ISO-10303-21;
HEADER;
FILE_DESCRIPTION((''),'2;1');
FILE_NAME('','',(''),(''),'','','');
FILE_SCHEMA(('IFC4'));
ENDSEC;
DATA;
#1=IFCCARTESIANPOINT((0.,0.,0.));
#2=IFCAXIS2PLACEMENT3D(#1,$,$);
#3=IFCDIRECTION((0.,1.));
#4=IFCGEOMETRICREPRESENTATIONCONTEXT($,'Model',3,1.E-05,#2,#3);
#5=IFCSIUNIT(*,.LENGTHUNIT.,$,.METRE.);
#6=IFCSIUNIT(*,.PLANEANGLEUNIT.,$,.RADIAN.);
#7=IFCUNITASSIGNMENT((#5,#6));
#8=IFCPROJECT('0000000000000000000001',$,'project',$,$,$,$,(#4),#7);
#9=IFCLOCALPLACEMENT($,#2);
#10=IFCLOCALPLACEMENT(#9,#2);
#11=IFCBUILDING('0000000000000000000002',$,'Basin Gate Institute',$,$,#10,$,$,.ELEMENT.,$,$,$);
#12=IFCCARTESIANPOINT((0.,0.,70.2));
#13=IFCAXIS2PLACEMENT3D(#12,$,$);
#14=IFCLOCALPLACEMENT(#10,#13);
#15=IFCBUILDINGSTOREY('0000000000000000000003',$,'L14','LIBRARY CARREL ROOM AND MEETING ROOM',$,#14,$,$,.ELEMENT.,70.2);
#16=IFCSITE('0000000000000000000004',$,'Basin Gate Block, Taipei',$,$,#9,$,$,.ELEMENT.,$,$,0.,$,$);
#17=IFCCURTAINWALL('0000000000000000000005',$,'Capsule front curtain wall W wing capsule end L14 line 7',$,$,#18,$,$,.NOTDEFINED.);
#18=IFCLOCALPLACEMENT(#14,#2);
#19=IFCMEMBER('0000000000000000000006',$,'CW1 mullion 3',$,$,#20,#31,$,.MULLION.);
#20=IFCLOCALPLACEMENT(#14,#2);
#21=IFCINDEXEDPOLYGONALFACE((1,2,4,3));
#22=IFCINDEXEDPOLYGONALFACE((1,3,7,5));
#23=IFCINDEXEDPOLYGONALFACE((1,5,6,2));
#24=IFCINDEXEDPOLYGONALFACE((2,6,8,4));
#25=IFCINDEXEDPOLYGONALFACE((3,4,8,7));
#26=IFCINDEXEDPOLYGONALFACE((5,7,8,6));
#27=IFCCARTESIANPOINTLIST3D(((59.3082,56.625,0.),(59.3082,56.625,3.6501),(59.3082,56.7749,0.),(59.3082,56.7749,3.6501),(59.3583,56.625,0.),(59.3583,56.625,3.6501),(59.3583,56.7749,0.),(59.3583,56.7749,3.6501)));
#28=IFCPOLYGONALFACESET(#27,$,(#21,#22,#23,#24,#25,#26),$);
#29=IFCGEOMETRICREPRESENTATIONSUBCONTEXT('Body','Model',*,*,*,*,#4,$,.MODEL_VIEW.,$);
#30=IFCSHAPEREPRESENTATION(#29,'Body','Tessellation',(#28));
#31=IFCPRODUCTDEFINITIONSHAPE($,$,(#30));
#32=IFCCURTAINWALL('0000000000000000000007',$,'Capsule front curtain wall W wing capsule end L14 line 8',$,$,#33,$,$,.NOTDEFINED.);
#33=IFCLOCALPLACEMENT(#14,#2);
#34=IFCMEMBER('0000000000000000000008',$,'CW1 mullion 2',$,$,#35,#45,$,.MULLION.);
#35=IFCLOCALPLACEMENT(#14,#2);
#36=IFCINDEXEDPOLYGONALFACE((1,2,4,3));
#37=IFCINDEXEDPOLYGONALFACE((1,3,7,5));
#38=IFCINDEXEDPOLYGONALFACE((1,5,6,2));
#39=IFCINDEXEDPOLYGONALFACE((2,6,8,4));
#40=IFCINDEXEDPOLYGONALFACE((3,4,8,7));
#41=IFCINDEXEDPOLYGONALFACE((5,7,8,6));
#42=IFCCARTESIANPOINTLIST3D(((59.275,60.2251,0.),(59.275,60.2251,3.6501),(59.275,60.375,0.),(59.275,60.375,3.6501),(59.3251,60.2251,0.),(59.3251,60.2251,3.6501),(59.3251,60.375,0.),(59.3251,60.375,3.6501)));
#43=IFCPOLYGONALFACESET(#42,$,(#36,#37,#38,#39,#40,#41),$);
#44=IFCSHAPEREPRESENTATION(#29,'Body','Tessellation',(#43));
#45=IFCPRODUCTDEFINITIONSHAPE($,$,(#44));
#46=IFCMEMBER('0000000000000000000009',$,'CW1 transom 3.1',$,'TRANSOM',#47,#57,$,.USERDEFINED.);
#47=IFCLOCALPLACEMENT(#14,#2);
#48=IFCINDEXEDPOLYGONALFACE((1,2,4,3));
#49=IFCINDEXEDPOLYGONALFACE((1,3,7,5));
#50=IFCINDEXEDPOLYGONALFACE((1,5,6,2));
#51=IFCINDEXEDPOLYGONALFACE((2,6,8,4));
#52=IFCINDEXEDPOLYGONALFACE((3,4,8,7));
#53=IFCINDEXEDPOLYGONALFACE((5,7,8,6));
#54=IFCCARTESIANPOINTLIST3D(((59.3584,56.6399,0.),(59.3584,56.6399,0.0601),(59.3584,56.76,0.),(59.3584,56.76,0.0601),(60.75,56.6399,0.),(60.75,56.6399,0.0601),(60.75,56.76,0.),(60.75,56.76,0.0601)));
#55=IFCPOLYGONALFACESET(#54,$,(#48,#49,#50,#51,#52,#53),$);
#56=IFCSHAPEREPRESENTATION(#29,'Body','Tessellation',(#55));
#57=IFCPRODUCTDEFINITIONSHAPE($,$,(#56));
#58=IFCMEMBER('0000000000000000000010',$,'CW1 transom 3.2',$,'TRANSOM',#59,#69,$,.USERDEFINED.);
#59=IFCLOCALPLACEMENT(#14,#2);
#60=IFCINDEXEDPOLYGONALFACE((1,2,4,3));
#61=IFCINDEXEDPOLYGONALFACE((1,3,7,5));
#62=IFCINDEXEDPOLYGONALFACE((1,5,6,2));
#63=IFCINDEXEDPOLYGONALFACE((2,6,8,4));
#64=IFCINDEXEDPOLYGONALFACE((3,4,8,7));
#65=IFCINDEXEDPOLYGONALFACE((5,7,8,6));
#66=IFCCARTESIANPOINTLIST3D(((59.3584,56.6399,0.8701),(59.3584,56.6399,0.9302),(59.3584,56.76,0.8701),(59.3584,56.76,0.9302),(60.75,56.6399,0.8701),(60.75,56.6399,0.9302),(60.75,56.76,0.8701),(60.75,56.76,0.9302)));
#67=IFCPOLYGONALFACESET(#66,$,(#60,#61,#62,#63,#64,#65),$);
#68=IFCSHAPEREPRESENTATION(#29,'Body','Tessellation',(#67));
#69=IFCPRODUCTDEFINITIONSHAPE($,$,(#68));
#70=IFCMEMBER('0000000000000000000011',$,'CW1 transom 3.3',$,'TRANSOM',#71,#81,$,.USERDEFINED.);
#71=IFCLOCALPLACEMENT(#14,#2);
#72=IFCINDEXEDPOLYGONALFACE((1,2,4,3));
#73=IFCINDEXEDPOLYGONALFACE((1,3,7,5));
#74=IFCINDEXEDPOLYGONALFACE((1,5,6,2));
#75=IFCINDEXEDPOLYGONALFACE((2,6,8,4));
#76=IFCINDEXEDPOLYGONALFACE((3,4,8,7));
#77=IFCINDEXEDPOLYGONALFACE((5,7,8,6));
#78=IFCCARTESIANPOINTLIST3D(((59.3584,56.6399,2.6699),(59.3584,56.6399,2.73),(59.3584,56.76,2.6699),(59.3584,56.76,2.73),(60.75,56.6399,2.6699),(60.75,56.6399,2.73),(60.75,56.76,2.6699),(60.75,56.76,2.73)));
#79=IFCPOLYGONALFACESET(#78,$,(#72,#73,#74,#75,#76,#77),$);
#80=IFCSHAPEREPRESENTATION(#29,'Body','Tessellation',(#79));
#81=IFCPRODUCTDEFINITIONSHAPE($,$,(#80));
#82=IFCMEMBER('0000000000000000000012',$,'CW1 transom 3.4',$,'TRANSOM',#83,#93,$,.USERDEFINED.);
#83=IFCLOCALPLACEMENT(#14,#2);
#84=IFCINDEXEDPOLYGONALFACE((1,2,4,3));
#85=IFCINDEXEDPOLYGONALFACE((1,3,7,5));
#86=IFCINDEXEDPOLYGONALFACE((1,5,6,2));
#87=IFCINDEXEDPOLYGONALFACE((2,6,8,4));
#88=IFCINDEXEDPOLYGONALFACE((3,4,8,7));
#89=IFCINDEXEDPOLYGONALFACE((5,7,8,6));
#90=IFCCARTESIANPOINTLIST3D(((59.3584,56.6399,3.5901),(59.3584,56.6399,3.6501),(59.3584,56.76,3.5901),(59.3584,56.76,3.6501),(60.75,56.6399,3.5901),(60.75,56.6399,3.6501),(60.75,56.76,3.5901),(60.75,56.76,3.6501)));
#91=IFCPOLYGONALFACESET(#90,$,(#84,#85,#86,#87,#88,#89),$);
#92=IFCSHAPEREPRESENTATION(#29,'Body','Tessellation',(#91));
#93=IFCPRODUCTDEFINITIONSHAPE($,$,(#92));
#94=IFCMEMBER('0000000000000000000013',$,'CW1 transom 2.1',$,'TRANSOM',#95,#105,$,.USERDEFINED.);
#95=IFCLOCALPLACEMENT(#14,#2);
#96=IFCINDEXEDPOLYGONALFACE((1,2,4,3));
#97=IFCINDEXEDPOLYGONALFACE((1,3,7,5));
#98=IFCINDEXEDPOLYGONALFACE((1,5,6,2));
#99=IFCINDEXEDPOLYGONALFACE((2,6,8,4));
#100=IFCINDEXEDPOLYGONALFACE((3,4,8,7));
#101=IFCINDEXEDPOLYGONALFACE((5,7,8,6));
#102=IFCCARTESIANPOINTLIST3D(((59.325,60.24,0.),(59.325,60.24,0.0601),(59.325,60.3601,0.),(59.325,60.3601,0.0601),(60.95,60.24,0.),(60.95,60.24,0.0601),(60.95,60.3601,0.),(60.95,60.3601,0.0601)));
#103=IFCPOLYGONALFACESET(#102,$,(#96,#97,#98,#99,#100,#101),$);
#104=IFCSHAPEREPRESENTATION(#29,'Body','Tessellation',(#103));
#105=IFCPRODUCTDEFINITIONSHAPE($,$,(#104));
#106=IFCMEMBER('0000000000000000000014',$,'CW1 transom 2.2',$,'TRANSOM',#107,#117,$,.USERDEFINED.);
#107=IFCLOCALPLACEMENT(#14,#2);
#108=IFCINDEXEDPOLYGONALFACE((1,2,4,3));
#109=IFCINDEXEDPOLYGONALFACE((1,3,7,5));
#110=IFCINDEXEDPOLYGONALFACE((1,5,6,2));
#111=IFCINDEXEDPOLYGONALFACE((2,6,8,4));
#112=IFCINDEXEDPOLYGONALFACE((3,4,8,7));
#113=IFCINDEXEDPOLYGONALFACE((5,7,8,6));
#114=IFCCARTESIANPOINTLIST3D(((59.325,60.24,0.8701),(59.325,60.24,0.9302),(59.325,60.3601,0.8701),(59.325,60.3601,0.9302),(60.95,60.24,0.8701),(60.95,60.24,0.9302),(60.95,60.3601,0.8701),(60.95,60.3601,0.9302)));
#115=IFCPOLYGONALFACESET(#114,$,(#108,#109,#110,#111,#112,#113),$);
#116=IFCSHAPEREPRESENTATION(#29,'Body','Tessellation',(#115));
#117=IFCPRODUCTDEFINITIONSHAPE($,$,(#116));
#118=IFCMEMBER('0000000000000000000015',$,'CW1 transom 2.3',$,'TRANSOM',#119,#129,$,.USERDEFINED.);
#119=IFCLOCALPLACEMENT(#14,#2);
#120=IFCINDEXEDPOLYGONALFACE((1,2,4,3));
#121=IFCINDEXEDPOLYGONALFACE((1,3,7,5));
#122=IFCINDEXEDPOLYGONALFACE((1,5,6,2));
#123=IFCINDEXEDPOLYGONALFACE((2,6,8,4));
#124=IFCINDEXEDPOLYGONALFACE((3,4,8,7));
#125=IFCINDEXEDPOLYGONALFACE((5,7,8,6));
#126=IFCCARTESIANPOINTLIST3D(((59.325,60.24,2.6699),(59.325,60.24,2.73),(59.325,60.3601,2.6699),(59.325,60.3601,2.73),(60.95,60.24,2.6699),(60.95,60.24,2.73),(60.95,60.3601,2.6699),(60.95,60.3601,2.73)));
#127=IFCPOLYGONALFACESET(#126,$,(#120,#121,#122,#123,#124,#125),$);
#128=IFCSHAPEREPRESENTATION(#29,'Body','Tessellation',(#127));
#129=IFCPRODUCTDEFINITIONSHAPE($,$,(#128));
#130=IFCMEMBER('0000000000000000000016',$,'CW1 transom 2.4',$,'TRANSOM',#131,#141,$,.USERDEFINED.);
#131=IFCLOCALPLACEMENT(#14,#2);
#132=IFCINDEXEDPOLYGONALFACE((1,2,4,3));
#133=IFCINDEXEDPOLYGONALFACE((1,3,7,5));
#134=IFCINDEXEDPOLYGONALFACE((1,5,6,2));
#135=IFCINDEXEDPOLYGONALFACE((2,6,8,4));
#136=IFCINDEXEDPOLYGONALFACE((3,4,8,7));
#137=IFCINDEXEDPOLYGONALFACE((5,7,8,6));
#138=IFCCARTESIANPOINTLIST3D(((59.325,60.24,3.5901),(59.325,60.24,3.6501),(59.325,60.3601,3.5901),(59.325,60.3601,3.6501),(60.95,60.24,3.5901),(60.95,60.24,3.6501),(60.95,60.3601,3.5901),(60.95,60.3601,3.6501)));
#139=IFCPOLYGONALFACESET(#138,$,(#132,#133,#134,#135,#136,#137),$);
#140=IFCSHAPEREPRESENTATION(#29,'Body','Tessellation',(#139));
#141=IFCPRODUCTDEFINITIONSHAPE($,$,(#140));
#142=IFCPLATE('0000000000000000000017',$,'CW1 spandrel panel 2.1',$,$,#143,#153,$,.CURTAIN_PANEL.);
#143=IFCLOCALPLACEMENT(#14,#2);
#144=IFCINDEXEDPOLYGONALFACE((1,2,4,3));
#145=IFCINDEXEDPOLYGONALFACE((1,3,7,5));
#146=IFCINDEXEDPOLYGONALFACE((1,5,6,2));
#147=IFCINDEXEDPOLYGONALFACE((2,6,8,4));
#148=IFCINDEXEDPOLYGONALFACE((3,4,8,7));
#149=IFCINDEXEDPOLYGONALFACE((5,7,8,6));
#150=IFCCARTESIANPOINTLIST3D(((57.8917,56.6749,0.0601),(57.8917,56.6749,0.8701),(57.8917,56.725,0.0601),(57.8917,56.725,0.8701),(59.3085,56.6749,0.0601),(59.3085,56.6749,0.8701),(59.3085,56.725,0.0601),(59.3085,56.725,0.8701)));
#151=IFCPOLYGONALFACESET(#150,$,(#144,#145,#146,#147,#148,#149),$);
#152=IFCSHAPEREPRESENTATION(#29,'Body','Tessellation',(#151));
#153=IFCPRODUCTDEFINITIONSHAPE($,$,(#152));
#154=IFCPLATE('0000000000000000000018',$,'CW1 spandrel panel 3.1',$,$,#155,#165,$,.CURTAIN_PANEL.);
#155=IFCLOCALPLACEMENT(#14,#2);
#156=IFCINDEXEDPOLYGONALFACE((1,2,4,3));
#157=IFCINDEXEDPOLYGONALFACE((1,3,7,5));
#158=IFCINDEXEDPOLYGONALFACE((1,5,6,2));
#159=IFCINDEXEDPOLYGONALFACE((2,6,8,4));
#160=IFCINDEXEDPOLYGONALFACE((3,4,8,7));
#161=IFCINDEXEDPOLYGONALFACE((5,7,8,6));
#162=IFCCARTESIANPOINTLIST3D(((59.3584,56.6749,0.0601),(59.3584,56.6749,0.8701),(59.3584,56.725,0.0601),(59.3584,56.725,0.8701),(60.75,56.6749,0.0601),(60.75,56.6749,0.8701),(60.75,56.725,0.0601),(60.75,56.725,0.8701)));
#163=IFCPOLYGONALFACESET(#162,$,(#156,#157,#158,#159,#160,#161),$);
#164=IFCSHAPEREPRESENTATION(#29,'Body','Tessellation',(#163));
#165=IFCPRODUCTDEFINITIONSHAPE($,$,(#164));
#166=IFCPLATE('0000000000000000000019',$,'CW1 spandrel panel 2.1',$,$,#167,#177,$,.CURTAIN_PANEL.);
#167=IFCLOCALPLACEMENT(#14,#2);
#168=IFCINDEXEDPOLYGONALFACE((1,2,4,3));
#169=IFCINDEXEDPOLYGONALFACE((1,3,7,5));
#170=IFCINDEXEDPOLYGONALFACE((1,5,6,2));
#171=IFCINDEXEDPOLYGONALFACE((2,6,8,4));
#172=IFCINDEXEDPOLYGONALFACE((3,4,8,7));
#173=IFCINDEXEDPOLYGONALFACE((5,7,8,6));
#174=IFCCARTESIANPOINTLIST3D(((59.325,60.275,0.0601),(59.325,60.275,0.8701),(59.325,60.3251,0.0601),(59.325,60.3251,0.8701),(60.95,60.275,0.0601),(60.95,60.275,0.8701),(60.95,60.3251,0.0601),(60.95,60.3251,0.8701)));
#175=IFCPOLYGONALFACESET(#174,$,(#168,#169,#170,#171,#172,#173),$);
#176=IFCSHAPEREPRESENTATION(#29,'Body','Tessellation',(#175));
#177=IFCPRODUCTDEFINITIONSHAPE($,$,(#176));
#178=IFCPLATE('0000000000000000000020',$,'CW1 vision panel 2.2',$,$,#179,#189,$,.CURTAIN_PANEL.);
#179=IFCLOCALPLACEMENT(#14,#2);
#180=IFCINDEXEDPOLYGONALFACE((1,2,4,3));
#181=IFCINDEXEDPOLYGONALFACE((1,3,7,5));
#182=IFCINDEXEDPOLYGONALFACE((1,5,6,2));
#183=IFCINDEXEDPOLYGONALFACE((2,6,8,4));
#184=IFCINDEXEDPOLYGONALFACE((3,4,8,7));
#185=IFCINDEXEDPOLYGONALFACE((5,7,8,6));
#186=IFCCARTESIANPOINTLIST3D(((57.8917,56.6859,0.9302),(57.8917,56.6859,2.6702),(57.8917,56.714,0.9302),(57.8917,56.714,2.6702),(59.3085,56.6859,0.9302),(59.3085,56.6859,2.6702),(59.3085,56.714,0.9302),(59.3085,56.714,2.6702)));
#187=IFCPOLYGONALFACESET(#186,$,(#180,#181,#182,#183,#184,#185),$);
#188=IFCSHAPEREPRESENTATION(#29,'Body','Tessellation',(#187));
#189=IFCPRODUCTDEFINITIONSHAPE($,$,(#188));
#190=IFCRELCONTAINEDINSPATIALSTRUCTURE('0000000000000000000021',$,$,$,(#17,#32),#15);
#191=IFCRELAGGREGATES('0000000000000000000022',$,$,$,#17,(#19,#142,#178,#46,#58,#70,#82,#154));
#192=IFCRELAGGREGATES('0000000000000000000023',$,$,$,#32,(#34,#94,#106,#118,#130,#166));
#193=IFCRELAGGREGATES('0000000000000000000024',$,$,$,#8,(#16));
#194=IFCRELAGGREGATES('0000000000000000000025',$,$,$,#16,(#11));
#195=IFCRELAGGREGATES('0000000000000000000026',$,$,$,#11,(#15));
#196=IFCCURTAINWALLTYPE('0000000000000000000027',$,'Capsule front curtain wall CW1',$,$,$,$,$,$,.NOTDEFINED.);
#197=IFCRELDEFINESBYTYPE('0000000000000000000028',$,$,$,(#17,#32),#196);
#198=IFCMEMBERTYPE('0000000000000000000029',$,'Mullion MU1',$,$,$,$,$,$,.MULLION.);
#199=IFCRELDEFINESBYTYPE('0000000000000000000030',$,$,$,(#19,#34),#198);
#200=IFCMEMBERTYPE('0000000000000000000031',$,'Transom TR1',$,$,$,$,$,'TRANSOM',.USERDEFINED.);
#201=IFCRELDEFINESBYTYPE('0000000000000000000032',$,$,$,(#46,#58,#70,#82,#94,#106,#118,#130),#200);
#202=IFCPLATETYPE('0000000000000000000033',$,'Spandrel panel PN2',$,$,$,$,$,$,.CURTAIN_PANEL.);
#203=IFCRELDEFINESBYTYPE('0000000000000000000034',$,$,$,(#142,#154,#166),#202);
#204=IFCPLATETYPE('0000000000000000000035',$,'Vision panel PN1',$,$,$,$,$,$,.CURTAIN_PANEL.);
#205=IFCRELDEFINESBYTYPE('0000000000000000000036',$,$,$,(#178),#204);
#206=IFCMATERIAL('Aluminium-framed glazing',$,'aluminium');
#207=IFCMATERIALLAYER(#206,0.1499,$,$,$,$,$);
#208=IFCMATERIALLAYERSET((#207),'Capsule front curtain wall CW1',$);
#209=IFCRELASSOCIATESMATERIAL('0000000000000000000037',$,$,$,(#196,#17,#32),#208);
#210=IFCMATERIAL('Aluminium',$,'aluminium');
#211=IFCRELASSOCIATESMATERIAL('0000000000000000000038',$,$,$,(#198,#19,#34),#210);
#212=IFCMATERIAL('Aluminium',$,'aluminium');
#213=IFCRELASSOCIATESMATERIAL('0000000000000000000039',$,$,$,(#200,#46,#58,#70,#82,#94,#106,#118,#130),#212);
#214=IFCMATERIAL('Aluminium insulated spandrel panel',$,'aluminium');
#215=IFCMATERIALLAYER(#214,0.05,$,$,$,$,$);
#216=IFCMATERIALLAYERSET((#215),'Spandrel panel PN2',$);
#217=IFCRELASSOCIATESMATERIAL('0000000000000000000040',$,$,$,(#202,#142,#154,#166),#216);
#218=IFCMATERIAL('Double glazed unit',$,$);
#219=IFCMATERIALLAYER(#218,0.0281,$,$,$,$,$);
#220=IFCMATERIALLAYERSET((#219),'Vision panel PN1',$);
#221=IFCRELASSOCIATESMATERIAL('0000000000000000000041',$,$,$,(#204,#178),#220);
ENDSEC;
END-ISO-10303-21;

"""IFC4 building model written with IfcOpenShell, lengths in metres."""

from ifc_helpers import new_model, si_unit, direction, frame, origin, origin_2d, place, context, subcontext, project, spatial, rectangle, extrude, material, layer, layer_set, material_profile, profile_set, type_object, element, aggregate, save


model = new_model("IFC4")

# Units and contexts
model_context = context("Model", 3, precision=1e-05, world=origin(), true_north=direction((0.0, 1.0)))
body_context = subcontext(model_context, "Body", "Model", "MODEL_VIEW")
ifc_project = project(units=[si_unit("LENGTHUNIT", "METRE"), si_unit("PLANEANGLEUNIT", "RADIAN")], contexts=[model_context])

# Site, building, storey
site_placement = place(None, origin())
site = spatial("IfcSite", under=ifc_project, at=site_placement, Name="Basin Gate Block, Taipei", CompositionType="ELEMENT", RefElevation=0.0)
building_placement = place(site_placement, origin())
building = spatial("IfcBuilding", under=site, at=building_placement, Name="Basin Gate Institute", CompositionType="ELEMENT")
storey_placement = place(building_placement, frame((0.0, 0.0, 70.2)))
storey = spatial("IfcBuildingStorey", under=building, at=storey_placement, Name="L14", Description="LIBRARY CARREL ROOM AND MEETING ROOM", CompositionType="ELEMENT", Elevation=70.2)

# Curtain walls, members
ifc_material_1 = material(Name="Aluminium-framed glazing", Category="aluminium")
ifc_layer_1 = layer(ifc_material_1, 0.1499)
ifc_layer_set_1 = layer_set([ifc_layer_1], Name="Capsule front curtain wall CW1")
curtain_wall_type = type_object("IfcCurtainWallType", Name="Capsule front curtain wall CW1", PredefinedType="NOTDEFINED", material=ifc_layer_set_1)
curtain_wall_1_placement = place(storey_placement, origin())
curtain_wall_1 = element("IfcCurtainWall", 1, at=curtain_wall_1_placement, inside=storey, type_object=curtain_wall_type, material=ifc_layer_set_1, Name="Capsule front curtain wall W wing capsule end L14 line 7", PredefinedType="NOTDEFINED")
ifc_material_2 = material(Name="Aluminium", Category="aluminium")
ifc_material_profile_1 = material_profile(ifc_material_2, rectangle(XDim=0.1499, YDim=0.05, at=origin_2d()), Name="Mullion MU1 150 x 50")
ifc_profile_set_1 = profile_set([ifc_material_profile_1], Name="Aluminium")
member_type_1 = type_object("IfcMemberType", Name="Mullion MU1", PredefinedType="MULLION", material=ifc_profile_set_1)
member_1_placement = place(storey_placement, frame((59.3333, 56.7, 0.0), z_axis=(0.0, 0.0, 1.0), x_axis=(0.0, 1.0, 0.0)))
member_1 = element("IfcMember", 2, at=member_1_placement, type_object=member_type_1, material=ifc_profile_set_1, Name="CW1 mullion 3", PredefinedType="MULLION", context=body_context, shape_type="SweptSolid", body=[
    extrude(rectangle(XDim=0.1499, YDim=0.05, at=origin_2d()), origin(), (0.0, 0.0, 1.0), 3.6501),
])
curtain_wall_2_placement = place(storey_placement, origin())
curtain_wall_2 = element("IfcCurtainWall", 3, at=curtain_wall_2_placement, inside=storey, type_object=curtain_wall_type, material=ifc_layer_set_1, Name="Capsule front curtain wall W wing capsule end L14 line 8", PredefinedType="NOTDEFINED")
member_2_placement = place(storey_placement, frame((59.3, 60.3, 0.0), z_axis=(0.0, 0.0, 1.0), x_axis=(0.0, 1.0, 0.0)))
member_2 = element("IfcMember", 4, at=member_2_placement, type_object=member_type_1, material=ifc_profile_set_1, Name="CW1 mullion 2", PredefinedType="MULLION", context=body_context, shape_type="SweptSolid", body=[
    extrude(rectangle(XDim=0.1499, YDim=0.05, at=origin_2d()), origin(), (0.0, 0.0, 1.0), 3.6501),
])

# Members
ifc_material_3 = material(Name="Aluminium", Category="aluminium")
ifc_material_profile_2 = material_profile(ifc_material_3, rectangle(XDim=0.1201, YDim=0.0601, at=origin_2d()), Name="Transom TR1 120 x 60")
ifc_profile_set_2 = profile_set([ifc_material_profile_2], Name="Aluminium")
member_type_2 = type_object("IfcMemberType", Name="Transom TR1", ElementType="TRANSOM", PredefinedType="USERDEFINED", material=ifc_profile_set_2)
member_3_placement = place(storey_placement, frame((59.3584, 56.7, 0.03), z_axis=(1.0, 0.0, 0.0), x_axis=(0.0, 1.0, 0.0)))
member_3 = element("IfcMember", 5, at=member_3_placement, type_object=member_type_2, material=ifc_profile_set_2, Name="CW1 transom 3.1", ObjectType="TRANSOM", PredefinedType="USERDEFINED", context=body_context, shape_type="SweptSolid", body=[
    extrude(rectangle(XDim=0.1201, YDim=0.0601, at=origin_2d()), origin(), (0.0, 0.0, 1.0), 1.3916),
])
member_4_placement = place(storey_placement, frame((59.3584, 56.7, 0.9001), z_axis=(1.0, 0.0, 0.0), x_axis=(0.0, 1.0, 0.0)))
member_4 = element("IfcMember", 6, at=member_4_placement, type_object=member_type_2, material=ifc_profile_set_2, Name="CW1 transom 3.2", ObjectType="TRANSOM", PredefinedType="USERDEFINED", context=body_context, shape_type="SweptSolid", body=[
    extrude(rectangle(XDim=0.1201, YDim=0.0601, at=origin_2d()), origin(), (0.0, 0.0, 1.0), 1.3916),
])
member_5_placement = place(storey_placement, frame((59.3584, 56.7, 2.7), z_axis=(1.0, 0.0, 0.0), x_axis=(0.0, 1.0, 0.0)))
member_5 = element("IfcMember", 7, at=member_5_placement, type_object=member_type_2, material=ifc_profile_set_2, Name="CW1 transom 3.3", ObjectType="TRANSOM", PredefinedType="USERDEFINED", context=body_context, shape_type="SweptSolid", body=[
    extrude(rectangle(XDim=0.1201, YDim=0.0601, at=origin_2d()), origin(), (0.0, 0.0, 1.0), 1.3916),
])
member_6_placement = place(storey_placement, frame((59.3584, 56.7, 3.6201), z_axis=(1.0, 0.0, 0.0), x_axis=(0.0, 1.0, 0.0)))
member_6 = element("IfcMember", 8, at=member_6_placement, type_object=member_type_2, material=ifc_profile_set_2, Name="CW1 transom 3.4", ObjectType="TRANSOM", PredefinedType="USERDEFINED", context=body_context, shape_type="SweptSolid", body=[
    extrude(rectangle(XDim=0.1201, YDim=0.0601, at=origin_2d()), origin(), (0.0, 0.0, 1.0), 1.3916),
])
member_7_placement = place(storey_placement, frame((59.325, 60.3, 0.03), z_axis=(1.0, 0.0, 0.0), x_axis=(0.0, 1.0, 0.0)))
member_7 = element("IfcMember", 9, at=member_7_placement, type_object=member_type_2, material=ifc_profile_set_2, Name="CW1 transom 2.1", ObjectType="TRANSOM", PredefinedType="USERDEFINED", context=body_context, shape_type="SweptSolid", body=[
    extrude(rectangle(XDim=0.1201, YDim=0.0601, at=origin_2d()), origin(), (0.0, 0.0, 1.0), 1.625),
])
member_8_placement = place(storey_placement, frame((59.325, 60.3, 0.9001), z_axis=(1.0, 0.0, 0.0), x_axis=(0.0, 1.0, 0.0)))
member_8 = element("IfcMember", 10, at=member_8_placement, type_object=member_type_2, material=ifc_profile_set_2, Name="CW1 transom 2.2", ObjectType="TRANSOM", PredefinedType="USERDEFINED", context=body_context, shape_type="SweptSolid", body=[
    extrude(rectangle(XDim=0.1201, YDim=0.0601, at=origin_2d()), origin(), (0.0, 0.0, 1.0), 1.625),
])
member_9_placement = place(storey_placement, frame((59.325, 60.3, 2.7), z_axis=(1.0, 0.0, 0.0), x_axis=(0.0, 1.0, 0.0)))
member_9 = element("IfcMember", 11, at=member_9_placement, type_object=member_type_2, material=ifc_profile_set_2, Name="CW1 transom 2.3", ObjectType="TRANSOM", PredefinedType="USERDEFINED", context=body_context, shape_type="SweptSolid", body=[
    extrude(rectangle(XDim=0.1201, YDim=0.0601, at=origin_2d()), origin(), (0.0, 0.0, 1.0), 1.625),
])
member_10_placement = place(storey_placement, frame((59.325, 60.3, 3.6201), z_axis=(1.0, 0.0, 0.0), x_axis=(0.0, 1.0, 0.0)))
member_10 = element("IfcMember", 12, at=member_10_placement, type_object=member_type_2, material=ifc_profile_set_2, Name="CW1 transom 2.4", ObjectType="TRANSOM", PredefinedType="USERDEFINED", context=body_context, shape_type="SweptSolid", body=[
    extrude(rectangle(XDim=0.1201, YDim=0.0601, at=origin_2d()), origin(), (0.0, 0.0, 1.0), 1.625),
])

# Plates
ifc_material_4 = material(Name="Aluminium insulated spandrel panel", Category="aluminium")
ifc_layer_2 = layer(ifc_material_4, 0.05)
ifc_layer_set_2 = layer_set([ifc_layer_2], Name="Spandrel panel PN2")
plate_type_1 = type_object("IfcPlateType", Name="Spandrel panel PN2", PredefinedType="CURTAIN_PANEL", material=ifc_layer_set_2)
plate_1_placement = place(storey_placement, frame((58.6001, 56.7, 0.0601), z_axis=(0.0, 0.0, 1.0), x_axis=(1.0, 0.0, 0.0)))
plate_1 = element("IfcPlate", 13, at=plate_1_placement, type_object=plate_type_1, material=ifc_layer_set_2, Name="CW1 spandrel panel 2.1", PredefinedType="CURTAIN_PANEL", context=body_context, shape_type="SweptSolid", body=[
    extrude(rectangle(XDim=1.4167, YDim=0.05, at=origin_2d()), origin(), (0.0, 0.0, 1.0), 0.8101),
])
plate_2_placement = place(storey_placement, frame((60.0542, 56.7, 0.0601), z_axis=(0.0, 0.0, 1.0), x_axis=(1.0, 0.0, 0.0)))
plate_2 = element("IfcPlate", 14, at=plate_2_placement, type_object=plate_type_1, material=ifc_layer_set_2, Name="CW1 spandrel panel 3.1", PredefinedType="CURTAIN_PANEL", context=body_context, shape_type="SweptSolid", body=[
    extrude(rectangle(XDim=1.3916, YDim=0.05, at=origin_2d()), origin(), (0.0, 0.0, 1.0), 0.8101),
])
plate_3_placement = place(storey_placement, frame((60.1375, 60.3, 0.0601), z_axis=(0.0, 0.0, 1.0), x_axis=(1.0, 0.0, 0.0)))
plate_3 = element("IfcPlate", 15, at=plate_3_placement, type_object=plate_type_1, material=ifc_layer_set_2, Name="CW1 spandrel panel 2.1", PredefinedType="CURTAIN_PANEL", context=body_context, shape_type="SweptSolid", body=[
    extrude(rectangle(XDim=1.625, YDim=0.05, at=origin_2d()), origin(), (0.0, 0.0, 1.0), 0.8101),
])
ifc_material_5 = material(Name="Double glazed unit")
ifc_layer_3 = layer(ifc_material_5, 0.0281)
ifc_layer_set_3 = layer_set([ifc_layer_3], Name="Vision panel PN1")
plate_type_2 = type_object("IfcPlateType", Name="Vision panel PN1", PredefinedType="CURTAIN_PANEL", material=ifc_layer_set_3)
plate_4_placement = place(storey_placement, frame((58.6001, 56.7, 0.9302), z_axis=(0.0, 0.0, 1.0), x_axis=(1.0, 0.0, 0.0)))
plate_4 = element("IfcPlate", 16, at=plate_4_placement, type_object=plate_type_2, material=ifc_layer_set_3, Name="CW1 vision panel 2.2", PredefinedType="CURTAIN_PANEL", context=body_context, shape_type="SweptSolid", body=[
    extrude(rectangle(XDim=1.4167, YDim=0.0281, at=origin_2d()), origin(), (0.0, 0.0, 1.0), 1.74),
])
aggregate(curtain_wall_1, [member_1, plate_1, plate_4, member_3, member_4, member_5, member_6, plate_2])
aggregate(curtain_wall_2, [member_2, member_7, member_8, member_9, member_10, plate_3])

save(model, "model.ifc")
